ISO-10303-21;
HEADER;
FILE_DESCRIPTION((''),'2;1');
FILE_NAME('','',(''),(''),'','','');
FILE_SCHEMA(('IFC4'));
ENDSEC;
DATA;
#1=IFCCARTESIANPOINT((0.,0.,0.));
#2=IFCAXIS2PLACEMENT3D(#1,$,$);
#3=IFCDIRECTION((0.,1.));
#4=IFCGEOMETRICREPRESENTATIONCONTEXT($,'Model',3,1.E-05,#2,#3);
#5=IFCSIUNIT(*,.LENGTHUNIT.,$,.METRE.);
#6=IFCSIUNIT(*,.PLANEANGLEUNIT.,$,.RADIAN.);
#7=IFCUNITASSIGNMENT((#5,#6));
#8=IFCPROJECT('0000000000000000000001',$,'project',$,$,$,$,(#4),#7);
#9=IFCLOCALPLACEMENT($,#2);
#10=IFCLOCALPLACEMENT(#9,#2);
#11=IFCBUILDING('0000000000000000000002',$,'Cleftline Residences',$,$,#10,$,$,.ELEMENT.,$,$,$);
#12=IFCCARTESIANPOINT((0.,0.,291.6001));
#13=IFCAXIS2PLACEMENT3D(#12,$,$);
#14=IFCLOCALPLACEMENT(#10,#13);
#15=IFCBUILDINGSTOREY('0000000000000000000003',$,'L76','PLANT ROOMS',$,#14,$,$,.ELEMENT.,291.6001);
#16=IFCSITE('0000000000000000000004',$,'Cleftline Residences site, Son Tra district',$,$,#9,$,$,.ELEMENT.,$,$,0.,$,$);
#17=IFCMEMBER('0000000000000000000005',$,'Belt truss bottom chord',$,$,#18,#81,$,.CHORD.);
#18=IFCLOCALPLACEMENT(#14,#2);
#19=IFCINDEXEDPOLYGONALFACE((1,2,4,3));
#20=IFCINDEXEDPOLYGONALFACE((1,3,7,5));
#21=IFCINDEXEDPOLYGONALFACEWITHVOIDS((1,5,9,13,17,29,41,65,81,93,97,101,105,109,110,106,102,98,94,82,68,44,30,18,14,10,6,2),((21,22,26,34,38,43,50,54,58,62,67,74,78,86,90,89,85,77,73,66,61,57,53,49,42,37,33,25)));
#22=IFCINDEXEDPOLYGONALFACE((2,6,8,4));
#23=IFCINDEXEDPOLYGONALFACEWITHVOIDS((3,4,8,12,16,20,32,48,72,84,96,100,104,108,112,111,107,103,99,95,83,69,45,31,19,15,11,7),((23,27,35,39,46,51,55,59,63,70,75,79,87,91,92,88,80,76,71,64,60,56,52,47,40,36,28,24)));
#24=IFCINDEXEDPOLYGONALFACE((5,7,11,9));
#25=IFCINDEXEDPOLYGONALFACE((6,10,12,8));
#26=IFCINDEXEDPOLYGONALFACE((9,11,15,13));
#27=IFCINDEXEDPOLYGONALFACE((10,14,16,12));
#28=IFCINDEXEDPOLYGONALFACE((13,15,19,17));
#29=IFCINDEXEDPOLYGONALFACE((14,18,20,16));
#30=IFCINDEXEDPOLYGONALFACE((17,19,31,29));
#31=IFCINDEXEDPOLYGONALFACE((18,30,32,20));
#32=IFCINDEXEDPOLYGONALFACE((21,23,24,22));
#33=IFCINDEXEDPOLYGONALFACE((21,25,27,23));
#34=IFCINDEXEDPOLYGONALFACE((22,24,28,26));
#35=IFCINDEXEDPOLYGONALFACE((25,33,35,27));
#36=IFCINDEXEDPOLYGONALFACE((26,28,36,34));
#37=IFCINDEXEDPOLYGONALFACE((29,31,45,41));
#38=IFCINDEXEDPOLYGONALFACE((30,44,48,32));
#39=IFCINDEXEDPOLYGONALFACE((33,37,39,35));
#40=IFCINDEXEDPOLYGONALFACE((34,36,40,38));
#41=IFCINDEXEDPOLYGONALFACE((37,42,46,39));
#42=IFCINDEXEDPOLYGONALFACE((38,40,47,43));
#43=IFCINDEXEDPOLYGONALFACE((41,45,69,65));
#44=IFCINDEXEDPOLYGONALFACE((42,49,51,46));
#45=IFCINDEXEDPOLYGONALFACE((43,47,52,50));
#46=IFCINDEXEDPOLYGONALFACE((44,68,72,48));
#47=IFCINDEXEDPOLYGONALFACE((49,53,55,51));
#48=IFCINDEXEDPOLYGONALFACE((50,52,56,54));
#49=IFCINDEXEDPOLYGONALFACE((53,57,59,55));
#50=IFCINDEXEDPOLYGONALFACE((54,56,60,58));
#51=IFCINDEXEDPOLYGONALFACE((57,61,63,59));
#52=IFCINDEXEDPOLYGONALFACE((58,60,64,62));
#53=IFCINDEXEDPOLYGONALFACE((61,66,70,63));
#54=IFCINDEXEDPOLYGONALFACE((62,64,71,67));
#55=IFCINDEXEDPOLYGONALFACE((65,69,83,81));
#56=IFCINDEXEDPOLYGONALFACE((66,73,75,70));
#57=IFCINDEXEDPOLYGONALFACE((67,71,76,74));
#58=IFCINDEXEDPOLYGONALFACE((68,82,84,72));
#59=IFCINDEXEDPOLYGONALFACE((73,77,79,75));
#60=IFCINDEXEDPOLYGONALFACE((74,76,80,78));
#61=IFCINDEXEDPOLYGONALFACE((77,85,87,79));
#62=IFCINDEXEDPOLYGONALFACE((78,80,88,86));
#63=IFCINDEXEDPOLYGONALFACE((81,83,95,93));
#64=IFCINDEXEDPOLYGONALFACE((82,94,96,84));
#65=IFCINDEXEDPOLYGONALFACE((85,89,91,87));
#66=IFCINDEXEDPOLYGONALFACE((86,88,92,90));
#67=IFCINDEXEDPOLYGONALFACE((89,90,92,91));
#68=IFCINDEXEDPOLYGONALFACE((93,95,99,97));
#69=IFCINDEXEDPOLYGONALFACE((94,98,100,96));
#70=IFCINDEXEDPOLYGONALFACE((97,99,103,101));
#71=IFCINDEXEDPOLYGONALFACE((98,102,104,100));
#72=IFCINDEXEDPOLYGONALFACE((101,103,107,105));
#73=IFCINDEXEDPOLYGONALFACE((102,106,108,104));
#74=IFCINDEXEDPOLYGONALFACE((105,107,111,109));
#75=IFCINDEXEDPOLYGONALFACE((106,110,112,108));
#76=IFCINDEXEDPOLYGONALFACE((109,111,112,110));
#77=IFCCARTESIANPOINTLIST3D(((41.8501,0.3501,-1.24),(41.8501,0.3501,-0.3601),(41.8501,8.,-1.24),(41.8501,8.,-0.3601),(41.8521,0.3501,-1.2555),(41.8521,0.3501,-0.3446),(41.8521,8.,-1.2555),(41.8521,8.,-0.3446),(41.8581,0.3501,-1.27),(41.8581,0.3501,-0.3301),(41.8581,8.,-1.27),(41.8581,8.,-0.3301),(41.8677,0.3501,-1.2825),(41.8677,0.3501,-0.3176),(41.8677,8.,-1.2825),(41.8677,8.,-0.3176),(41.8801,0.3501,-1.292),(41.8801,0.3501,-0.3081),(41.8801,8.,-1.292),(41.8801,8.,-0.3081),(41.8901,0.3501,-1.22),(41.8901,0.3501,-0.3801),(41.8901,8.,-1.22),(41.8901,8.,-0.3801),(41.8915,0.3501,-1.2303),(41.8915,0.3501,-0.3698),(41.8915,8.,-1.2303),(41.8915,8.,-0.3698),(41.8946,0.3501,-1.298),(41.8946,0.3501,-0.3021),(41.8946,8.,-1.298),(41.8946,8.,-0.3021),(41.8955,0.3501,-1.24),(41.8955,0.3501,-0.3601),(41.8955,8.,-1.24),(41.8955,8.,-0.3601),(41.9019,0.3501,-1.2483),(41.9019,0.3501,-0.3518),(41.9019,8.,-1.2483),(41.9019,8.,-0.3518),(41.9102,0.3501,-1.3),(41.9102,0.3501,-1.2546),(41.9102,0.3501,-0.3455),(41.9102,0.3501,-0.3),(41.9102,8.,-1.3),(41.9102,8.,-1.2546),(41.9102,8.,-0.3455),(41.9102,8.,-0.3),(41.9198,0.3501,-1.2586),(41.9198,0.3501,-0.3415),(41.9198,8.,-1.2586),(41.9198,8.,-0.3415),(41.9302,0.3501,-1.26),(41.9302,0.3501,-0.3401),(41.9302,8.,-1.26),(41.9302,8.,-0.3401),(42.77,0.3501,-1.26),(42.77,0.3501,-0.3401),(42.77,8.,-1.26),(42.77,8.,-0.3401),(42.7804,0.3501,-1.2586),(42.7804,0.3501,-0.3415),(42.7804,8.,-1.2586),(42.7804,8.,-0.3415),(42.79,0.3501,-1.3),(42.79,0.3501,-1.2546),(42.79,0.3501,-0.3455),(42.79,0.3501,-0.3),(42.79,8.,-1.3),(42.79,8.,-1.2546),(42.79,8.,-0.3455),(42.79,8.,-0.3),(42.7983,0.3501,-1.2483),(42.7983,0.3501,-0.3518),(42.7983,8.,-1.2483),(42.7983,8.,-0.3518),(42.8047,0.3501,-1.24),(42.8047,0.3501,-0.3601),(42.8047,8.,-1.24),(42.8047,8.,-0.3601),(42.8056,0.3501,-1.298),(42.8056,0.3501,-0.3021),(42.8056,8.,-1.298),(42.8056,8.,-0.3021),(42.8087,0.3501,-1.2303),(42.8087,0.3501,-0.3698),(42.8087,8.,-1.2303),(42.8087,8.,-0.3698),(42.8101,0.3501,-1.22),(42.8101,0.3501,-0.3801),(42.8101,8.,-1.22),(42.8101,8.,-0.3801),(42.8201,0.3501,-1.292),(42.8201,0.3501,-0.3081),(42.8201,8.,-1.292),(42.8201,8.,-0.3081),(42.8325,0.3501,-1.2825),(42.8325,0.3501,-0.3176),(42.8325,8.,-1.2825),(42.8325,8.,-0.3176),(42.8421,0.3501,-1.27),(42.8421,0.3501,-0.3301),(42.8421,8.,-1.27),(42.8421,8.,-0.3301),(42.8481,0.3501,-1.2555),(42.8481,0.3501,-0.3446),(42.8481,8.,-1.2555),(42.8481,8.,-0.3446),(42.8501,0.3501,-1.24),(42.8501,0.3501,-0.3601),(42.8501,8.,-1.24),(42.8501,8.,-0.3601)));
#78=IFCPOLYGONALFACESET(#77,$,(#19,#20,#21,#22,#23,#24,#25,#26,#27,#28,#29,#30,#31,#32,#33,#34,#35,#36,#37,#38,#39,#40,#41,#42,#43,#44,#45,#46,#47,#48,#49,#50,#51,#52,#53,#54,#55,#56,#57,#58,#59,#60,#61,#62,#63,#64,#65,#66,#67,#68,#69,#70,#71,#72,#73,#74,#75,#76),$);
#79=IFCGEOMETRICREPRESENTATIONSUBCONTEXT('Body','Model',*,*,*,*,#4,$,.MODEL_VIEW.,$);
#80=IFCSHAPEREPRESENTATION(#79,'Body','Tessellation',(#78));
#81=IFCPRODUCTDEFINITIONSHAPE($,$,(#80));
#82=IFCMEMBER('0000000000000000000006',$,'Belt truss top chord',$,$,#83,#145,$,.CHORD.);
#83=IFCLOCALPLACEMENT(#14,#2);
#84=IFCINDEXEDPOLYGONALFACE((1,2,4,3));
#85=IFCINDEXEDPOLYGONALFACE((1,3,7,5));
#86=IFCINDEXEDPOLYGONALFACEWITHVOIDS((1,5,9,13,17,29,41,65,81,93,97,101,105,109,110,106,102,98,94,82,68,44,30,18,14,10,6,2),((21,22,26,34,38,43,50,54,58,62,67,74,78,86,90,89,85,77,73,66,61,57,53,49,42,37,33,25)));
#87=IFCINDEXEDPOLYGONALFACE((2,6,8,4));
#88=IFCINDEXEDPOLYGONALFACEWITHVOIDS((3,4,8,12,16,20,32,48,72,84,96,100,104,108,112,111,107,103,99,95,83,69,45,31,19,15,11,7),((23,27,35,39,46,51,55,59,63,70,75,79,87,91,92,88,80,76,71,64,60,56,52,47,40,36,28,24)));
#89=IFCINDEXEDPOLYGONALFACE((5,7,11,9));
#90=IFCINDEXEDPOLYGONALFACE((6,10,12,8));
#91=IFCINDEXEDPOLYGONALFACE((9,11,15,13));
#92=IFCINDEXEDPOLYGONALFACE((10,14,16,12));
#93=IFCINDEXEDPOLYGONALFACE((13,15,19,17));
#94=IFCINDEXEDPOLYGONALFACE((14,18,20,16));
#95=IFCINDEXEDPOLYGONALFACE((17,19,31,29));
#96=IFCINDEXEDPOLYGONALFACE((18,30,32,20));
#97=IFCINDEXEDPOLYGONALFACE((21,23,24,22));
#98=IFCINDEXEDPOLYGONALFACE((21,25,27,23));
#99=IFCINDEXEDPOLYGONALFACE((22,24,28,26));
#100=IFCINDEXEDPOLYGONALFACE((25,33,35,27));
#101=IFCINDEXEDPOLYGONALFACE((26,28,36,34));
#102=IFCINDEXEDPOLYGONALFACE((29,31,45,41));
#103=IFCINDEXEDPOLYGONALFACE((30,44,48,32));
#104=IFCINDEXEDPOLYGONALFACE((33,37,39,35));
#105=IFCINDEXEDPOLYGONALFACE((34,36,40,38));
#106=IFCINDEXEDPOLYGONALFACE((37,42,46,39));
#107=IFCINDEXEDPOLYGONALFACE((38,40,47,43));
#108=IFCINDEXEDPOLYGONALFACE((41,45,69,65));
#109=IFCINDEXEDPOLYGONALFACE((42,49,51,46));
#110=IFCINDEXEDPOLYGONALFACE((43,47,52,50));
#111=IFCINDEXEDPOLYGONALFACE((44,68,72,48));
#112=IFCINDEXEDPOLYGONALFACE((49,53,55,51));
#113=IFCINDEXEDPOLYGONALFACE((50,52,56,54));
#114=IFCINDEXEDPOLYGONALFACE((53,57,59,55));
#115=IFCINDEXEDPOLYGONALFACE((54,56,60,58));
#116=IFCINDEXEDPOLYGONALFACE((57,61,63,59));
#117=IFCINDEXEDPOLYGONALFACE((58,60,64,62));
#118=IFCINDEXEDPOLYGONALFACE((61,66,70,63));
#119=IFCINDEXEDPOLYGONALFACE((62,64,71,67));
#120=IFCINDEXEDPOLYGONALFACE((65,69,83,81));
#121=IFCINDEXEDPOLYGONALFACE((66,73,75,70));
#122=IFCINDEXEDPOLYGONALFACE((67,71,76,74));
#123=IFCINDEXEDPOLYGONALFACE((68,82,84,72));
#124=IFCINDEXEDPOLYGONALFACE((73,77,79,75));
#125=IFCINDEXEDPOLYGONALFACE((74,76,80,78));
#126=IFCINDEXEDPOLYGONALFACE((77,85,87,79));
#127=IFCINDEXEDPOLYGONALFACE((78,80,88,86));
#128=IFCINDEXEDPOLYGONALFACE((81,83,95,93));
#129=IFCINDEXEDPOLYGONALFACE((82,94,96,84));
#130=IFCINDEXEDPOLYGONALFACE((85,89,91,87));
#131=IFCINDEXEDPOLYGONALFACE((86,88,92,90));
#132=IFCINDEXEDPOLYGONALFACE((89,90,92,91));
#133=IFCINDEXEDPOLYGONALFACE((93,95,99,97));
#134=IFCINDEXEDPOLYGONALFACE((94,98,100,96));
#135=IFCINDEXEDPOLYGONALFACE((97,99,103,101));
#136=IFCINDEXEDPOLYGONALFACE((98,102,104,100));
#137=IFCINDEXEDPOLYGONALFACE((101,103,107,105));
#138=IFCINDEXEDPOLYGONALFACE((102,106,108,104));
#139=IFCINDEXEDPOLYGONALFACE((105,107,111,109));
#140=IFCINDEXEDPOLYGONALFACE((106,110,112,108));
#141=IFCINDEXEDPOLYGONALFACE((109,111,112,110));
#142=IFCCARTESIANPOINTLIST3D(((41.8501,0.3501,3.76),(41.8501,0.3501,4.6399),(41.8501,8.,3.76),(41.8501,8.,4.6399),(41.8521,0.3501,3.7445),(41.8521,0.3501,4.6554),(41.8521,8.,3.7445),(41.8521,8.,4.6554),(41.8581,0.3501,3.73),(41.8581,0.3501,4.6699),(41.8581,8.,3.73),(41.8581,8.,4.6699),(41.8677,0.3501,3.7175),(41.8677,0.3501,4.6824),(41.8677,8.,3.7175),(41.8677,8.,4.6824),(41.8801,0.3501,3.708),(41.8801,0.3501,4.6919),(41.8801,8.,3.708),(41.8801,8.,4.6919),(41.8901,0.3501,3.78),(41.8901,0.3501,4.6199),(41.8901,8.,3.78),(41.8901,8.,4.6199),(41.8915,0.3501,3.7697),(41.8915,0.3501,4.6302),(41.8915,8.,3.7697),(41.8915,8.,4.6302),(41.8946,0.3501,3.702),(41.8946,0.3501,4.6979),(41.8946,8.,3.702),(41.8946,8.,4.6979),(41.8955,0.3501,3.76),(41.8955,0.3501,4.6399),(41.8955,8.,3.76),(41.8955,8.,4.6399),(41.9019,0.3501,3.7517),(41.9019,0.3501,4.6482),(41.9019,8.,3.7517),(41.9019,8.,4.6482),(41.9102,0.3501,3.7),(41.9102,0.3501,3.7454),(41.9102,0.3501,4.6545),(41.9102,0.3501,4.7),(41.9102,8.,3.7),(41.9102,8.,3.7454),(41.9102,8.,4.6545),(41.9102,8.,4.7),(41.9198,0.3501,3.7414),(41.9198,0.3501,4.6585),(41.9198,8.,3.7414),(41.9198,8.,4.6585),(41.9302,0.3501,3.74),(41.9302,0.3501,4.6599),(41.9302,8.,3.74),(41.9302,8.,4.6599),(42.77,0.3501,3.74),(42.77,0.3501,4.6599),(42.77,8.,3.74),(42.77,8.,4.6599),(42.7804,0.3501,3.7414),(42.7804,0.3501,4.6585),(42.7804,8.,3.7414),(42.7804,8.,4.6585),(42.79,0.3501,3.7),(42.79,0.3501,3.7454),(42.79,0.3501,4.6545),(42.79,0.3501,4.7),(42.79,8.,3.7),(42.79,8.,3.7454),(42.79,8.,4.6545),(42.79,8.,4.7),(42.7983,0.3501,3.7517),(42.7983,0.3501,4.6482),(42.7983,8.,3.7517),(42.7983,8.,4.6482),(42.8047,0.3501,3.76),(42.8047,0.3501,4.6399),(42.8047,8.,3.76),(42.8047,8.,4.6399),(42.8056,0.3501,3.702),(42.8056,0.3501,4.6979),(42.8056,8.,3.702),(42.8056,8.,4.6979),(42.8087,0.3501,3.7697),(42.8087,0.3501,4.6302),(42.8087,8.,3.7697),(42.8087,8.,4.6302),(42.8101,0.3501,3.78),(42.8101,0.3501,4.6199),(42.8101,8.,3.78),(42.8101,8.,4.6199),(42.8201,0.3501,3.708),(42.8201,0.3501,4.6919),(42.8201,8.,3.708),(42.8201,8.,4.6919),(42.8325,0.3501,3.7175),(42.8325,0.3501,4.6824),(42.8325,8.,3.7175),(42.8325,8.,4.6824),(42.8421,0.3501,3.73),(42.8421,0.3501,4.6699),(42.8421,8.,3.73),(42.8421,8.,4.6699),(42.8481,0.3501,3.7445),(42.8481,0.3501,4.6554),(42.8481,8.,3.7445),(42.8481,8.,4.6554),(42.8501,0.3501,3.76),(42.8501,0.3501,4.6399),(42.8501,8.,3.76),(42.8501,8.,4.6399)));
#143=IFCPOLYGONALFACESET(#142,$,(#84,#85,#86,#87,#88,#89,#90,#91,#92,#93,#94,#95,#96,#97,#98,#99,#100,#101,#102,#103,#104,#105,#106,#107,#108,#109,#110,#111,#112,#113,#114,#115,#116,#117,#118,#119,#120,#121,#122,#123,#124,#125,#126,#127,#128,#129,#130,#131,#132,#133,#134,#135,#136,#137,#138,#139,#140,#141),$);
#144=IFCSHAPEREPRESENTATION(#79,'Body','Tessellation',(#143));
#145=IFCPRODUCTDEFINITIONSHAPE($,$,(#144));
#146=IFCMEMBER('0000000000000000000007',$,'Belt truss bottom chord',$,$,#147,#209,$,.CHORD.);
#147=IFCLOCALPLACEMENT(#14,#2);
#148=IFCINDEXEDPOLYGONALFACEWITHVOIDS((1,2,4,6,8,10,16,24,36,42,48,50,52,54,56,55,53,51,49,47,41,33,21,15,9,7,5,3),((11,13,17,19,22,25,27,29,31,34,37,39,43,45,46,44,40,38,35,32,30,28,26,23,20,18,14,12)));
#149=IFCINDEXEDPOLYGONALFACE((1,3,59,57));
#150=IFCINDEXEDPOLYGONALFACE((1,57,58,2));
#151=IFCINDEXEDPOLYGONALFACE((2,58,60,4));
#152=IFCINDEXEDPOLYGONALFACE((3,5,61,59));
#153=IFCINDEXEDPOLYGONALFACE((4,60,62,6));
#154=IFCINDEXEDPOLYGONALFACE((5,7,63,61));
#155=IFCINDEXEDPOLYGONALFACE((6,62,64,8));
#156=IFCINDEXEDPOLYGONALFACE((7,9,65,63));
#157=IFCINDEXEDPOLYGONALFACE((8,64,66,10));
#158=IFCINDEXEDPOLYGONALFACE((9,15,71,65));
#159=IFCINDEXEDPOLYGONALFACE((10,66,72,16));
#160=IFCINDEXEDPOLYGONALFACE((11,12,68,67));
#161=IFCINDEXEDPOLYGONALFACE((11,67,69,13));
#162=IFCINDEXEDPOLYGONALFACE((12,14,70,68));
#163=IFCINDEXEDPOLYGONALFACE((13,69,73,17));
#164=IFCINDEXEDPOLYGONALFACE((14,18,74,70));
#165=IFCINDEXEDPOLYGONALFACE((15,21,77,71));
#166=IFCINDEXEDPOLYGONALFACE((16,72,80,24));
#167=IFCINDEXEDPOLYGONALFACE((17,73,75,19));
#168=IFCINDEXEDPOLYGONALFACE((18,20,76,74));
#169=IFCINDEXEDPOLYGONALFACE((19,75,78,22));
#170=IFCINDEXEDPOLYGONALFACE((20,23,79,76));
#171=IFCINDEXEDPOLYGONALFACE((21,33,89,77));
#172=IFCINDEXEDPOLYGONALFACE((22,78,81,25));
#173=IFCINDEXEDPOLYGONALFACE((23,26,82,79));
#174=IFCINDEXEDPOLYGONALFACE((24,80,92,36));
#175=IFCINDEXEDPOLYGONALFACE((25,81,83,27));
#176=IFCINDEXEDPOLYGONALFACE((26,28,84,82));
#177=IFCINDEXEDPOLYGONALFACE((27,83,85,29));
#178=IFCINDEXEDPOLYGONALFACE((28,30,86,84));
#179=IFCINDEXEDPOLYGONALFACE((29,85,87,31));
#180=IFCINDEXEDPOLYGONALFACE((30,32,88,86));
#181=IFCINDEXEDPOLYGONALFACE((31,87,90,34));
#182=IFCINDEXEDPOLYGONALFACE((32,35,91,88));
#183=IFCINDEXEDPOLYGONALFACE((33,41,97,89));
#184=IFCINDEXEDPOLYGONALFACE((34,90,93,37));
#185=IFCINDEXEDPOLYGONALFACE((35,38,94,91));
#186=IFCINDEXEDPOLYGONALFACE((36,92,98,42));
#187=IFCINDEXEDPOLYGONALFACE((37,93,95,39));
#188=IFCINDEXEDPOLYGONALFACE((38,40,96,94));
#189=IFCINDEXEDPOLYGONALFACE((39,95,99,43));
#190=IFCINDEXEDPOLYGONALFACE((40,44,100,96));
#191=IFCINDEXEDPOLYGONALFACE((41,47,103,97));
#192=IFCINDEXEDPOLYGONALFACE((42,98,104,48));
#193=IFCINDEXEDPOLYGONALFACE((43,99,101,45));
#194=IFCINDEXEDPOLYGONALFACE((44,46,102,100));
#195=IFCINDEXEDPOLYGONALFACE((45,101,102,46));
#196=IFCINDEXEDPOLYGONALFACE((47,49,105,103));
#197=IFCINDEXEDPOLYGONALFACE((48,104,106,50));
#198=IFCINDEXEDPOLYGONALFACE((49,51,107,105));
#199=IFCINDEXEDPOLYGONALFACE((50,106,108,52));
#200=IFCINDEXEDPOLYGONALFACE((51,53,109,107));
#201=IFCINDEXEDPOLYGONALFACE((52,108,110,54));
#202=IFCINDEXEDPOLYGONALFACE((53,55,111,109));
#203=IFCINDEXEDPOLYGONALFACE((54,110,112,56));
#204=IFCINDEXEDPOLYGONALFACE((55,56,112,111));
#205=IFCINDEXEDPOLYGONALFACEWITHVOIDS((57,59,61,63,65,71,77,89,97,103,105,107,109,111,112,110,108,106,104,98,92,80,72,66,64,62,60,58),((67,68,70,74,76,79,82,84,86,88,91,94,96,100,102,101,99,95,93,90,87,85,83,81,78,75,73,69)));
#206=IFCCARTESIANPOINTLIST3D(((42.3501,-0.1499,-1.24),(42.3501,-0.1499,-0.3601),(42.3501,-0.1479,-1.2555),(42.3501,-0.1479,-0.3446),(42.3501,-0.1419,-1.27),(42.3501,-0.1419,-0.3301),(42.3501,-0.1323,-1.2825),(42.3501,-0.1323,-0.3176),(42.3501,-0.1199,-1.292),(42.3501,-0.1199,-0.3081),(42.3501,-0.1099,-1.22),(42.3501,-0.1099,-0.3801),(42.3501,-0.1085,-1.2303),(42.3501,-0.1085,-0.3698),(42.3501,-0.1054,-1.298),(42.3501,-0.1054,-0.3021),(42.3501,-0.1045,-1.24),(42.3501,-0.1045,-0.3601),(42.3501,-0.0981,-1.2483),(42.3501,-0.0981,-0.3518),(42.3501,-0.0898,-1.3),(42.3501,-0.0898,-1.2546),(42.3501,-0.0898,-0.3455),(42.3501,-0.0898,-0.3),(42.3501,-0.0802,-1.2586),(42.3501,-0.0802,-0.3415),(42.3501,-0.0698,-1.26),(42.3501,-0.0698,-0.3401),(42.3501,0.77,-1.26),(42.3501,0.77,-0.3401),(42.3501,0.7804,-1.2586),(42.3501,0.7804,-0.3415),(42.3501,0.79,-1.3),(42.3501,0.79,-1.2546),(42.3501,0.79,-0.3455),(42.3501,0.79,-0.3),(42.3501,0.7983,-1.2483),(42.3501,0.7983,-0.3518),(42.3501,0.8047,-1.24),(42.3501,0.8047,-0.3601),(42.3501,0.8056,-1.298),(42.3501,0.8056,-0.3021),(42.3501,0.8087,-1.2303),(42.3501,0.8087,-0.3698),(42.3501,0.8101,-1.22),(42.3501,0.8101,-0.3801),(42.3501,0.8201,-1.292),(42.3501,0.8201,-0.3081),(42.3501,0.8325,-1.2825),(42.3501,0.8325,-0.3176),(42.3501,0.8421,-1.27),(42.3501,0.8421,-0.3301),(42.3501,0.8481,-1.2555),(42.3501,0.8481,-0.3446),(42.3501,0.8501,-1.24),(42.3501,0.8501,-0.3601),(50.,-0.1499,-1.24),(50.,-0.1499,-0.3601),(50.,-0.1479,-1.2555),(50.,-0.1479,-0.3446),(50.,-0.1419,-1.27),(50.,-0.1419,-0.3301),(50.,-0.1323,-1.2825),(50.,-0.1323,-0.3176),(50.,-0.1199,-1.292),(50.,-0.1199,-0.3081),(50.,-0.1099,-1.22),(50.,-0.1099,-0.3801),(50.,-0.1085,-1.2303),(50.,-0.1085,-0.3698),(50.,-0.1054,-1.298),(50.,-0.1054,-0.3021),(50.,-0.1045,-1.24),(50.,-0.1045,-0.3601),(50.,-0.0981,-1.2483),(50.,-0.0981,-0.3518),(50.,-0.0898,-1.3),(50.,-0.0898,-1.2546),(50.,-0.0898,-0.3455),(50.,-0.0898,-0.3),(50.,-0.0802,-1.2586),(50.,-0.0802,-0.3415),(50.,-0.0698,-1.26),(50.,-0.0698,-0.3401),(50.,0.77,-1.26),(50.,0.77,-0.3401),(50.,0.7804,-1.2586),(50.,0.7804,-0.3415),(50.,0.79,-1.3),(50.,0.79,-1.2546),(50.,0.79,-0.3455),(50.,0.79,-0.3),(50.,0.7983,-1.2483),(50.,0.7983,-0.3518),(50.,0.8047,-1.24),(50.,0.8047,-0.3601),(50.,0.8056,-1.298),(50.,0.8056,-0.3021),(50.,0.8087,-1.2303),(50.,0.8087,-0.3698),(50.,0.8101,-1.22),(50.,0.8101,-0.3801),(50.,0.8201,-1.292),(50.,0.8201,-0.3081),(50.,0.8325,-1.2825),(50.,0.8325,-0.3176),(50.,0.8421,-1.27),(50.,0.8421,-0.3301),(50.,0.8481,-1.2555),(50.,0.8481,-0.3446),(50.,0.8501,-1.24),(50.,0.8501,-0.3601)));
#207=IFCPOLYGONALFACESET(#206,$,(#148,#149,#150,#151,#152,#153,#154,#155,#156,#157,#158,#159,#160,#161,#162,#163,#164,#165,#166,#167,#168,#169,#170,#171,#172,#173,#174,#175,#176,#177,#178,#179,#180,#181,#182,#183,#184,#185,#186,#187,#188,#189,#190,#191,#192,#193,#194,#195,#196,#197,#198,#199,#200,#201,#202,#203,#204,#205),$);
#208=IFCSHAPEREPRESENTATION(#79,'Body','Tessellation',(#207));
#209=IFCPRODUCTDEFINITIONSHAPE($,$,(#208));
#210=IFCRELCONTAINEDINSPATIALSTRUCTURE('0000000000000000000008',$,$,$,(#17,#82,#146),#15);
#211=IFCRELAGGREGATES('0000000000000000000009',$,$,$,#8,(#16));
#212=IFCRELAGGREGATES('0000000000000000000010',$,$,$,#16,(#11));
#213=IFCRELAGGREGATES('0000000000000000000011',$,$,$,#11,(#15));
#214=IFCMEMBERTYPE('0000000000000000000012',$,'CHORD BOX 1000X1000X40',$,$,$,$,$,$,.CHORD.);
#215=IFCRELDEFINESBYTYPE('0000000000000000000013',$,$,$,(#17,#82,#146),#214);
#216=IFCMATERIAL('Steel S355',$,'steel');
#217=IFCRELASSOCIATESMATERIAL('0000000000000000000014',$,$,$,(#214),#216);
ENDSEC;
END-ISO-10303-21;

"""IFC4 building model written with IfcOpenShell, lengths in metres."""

from ifc_helpers import new_model, si_unit, direction, frame, origin, origin_2d, place, context, subcontext, project, spatial, hollow_rectangle, extrude, material, material_profile, profile_set, type_object, element, save


model = new_model("IFC4")

# Units and contexts
model_context = context("Model", 3, precision=1e-05, world=origin(), true_north=direction((0.0, 1.0)))
body_context = subcontext(model_context, "Body", "Model", "MODEL_VIEW")
ifc_project = project(units=[si_unit("LENGTHUNIT", "METRE"), si_unit("PLANEANGLEUNIT", "RADIAN")], contexts=[model_context])

# Site, building, storey
site_placement = place(None, origin())
site = spatial("IfcSite", under=ifc_project, at=site_placement, Name="Cleftline Residences site, Son Tra district", CompositionType="ELEMENT", RefElevation=0.0)
building_placement = place(site_placement, origin())
building = spatial("IfcBuilding", under=site, at=building_placement, Name="Cleftline Residences", CompositionType="ELEMENT")
storey_placement = place(building_placement, frame((0.0, 0.0, 291.6001)))
storey = spatial("IfcBuildingStorey", under=building, at=storey_placement, Name="L76", Description="PLANT ROOMS", CompositionType="ELEMENT", Elevation=291.6001)

# Members
ifc_material_1 = material(Name="Steel S355", Category="steel")
ifc_material_profile_1 = material_profile(ifc_material_1, hollow_rectangle(XDim=1.0, YDim=1.0, WallThickness=0.04, InnerFilletRadius=0.04, OuterFilletRadius=0.0601, at=origin_2d()))
ifc_profile_set_1 = profile_set([ifc_material_profile_1], Name="Steel S355")
member_type_1 = type_object("IfcMemberType", Name="CHORD BOX 1000X1000X40", PredefinedType="CHORD", material=ifc_profile_set_1)
for number, where, z_axis, x_axis, name in (
    (1, (42.3501, 0.3501, -0.8), (0.0, 1.0, 0.0), (-1.0, 0.0, 0.0), "Belt truss bottom chord"),
    (2, (42.3501, 0.3501, 4.2), (0.0, 1.0, 0.0), (-1.0, 0.0, 0.0), "Belt truss top chord"),
    (3, (42.3501, 0.3501, -0.8), (1.0, 0.0, 0.0), (0.0, 1.0, 0.0), "Belt truss bottom chord"),
):
    element("IfcMember", number, at=place(storey_placement, frame(where, z_axis=z_axis, x_axis=x_axis)), inside=storey, type_object=member_type_1, Name=name, PredefinedType="CHORD", context=body_context, shape_type="SweptSolid", body=[
        extrude(hollow_rectangle(XDim=1.0, YDim=1.0, WallThickness=0.04, InnerFilletRadius=0.04, OuterFilletRadius=0.0601, at=origin_2d()), origin(), (0.0, 0.0, 1.0), 7.6499),
    ])

save(model, "model.ifc")
